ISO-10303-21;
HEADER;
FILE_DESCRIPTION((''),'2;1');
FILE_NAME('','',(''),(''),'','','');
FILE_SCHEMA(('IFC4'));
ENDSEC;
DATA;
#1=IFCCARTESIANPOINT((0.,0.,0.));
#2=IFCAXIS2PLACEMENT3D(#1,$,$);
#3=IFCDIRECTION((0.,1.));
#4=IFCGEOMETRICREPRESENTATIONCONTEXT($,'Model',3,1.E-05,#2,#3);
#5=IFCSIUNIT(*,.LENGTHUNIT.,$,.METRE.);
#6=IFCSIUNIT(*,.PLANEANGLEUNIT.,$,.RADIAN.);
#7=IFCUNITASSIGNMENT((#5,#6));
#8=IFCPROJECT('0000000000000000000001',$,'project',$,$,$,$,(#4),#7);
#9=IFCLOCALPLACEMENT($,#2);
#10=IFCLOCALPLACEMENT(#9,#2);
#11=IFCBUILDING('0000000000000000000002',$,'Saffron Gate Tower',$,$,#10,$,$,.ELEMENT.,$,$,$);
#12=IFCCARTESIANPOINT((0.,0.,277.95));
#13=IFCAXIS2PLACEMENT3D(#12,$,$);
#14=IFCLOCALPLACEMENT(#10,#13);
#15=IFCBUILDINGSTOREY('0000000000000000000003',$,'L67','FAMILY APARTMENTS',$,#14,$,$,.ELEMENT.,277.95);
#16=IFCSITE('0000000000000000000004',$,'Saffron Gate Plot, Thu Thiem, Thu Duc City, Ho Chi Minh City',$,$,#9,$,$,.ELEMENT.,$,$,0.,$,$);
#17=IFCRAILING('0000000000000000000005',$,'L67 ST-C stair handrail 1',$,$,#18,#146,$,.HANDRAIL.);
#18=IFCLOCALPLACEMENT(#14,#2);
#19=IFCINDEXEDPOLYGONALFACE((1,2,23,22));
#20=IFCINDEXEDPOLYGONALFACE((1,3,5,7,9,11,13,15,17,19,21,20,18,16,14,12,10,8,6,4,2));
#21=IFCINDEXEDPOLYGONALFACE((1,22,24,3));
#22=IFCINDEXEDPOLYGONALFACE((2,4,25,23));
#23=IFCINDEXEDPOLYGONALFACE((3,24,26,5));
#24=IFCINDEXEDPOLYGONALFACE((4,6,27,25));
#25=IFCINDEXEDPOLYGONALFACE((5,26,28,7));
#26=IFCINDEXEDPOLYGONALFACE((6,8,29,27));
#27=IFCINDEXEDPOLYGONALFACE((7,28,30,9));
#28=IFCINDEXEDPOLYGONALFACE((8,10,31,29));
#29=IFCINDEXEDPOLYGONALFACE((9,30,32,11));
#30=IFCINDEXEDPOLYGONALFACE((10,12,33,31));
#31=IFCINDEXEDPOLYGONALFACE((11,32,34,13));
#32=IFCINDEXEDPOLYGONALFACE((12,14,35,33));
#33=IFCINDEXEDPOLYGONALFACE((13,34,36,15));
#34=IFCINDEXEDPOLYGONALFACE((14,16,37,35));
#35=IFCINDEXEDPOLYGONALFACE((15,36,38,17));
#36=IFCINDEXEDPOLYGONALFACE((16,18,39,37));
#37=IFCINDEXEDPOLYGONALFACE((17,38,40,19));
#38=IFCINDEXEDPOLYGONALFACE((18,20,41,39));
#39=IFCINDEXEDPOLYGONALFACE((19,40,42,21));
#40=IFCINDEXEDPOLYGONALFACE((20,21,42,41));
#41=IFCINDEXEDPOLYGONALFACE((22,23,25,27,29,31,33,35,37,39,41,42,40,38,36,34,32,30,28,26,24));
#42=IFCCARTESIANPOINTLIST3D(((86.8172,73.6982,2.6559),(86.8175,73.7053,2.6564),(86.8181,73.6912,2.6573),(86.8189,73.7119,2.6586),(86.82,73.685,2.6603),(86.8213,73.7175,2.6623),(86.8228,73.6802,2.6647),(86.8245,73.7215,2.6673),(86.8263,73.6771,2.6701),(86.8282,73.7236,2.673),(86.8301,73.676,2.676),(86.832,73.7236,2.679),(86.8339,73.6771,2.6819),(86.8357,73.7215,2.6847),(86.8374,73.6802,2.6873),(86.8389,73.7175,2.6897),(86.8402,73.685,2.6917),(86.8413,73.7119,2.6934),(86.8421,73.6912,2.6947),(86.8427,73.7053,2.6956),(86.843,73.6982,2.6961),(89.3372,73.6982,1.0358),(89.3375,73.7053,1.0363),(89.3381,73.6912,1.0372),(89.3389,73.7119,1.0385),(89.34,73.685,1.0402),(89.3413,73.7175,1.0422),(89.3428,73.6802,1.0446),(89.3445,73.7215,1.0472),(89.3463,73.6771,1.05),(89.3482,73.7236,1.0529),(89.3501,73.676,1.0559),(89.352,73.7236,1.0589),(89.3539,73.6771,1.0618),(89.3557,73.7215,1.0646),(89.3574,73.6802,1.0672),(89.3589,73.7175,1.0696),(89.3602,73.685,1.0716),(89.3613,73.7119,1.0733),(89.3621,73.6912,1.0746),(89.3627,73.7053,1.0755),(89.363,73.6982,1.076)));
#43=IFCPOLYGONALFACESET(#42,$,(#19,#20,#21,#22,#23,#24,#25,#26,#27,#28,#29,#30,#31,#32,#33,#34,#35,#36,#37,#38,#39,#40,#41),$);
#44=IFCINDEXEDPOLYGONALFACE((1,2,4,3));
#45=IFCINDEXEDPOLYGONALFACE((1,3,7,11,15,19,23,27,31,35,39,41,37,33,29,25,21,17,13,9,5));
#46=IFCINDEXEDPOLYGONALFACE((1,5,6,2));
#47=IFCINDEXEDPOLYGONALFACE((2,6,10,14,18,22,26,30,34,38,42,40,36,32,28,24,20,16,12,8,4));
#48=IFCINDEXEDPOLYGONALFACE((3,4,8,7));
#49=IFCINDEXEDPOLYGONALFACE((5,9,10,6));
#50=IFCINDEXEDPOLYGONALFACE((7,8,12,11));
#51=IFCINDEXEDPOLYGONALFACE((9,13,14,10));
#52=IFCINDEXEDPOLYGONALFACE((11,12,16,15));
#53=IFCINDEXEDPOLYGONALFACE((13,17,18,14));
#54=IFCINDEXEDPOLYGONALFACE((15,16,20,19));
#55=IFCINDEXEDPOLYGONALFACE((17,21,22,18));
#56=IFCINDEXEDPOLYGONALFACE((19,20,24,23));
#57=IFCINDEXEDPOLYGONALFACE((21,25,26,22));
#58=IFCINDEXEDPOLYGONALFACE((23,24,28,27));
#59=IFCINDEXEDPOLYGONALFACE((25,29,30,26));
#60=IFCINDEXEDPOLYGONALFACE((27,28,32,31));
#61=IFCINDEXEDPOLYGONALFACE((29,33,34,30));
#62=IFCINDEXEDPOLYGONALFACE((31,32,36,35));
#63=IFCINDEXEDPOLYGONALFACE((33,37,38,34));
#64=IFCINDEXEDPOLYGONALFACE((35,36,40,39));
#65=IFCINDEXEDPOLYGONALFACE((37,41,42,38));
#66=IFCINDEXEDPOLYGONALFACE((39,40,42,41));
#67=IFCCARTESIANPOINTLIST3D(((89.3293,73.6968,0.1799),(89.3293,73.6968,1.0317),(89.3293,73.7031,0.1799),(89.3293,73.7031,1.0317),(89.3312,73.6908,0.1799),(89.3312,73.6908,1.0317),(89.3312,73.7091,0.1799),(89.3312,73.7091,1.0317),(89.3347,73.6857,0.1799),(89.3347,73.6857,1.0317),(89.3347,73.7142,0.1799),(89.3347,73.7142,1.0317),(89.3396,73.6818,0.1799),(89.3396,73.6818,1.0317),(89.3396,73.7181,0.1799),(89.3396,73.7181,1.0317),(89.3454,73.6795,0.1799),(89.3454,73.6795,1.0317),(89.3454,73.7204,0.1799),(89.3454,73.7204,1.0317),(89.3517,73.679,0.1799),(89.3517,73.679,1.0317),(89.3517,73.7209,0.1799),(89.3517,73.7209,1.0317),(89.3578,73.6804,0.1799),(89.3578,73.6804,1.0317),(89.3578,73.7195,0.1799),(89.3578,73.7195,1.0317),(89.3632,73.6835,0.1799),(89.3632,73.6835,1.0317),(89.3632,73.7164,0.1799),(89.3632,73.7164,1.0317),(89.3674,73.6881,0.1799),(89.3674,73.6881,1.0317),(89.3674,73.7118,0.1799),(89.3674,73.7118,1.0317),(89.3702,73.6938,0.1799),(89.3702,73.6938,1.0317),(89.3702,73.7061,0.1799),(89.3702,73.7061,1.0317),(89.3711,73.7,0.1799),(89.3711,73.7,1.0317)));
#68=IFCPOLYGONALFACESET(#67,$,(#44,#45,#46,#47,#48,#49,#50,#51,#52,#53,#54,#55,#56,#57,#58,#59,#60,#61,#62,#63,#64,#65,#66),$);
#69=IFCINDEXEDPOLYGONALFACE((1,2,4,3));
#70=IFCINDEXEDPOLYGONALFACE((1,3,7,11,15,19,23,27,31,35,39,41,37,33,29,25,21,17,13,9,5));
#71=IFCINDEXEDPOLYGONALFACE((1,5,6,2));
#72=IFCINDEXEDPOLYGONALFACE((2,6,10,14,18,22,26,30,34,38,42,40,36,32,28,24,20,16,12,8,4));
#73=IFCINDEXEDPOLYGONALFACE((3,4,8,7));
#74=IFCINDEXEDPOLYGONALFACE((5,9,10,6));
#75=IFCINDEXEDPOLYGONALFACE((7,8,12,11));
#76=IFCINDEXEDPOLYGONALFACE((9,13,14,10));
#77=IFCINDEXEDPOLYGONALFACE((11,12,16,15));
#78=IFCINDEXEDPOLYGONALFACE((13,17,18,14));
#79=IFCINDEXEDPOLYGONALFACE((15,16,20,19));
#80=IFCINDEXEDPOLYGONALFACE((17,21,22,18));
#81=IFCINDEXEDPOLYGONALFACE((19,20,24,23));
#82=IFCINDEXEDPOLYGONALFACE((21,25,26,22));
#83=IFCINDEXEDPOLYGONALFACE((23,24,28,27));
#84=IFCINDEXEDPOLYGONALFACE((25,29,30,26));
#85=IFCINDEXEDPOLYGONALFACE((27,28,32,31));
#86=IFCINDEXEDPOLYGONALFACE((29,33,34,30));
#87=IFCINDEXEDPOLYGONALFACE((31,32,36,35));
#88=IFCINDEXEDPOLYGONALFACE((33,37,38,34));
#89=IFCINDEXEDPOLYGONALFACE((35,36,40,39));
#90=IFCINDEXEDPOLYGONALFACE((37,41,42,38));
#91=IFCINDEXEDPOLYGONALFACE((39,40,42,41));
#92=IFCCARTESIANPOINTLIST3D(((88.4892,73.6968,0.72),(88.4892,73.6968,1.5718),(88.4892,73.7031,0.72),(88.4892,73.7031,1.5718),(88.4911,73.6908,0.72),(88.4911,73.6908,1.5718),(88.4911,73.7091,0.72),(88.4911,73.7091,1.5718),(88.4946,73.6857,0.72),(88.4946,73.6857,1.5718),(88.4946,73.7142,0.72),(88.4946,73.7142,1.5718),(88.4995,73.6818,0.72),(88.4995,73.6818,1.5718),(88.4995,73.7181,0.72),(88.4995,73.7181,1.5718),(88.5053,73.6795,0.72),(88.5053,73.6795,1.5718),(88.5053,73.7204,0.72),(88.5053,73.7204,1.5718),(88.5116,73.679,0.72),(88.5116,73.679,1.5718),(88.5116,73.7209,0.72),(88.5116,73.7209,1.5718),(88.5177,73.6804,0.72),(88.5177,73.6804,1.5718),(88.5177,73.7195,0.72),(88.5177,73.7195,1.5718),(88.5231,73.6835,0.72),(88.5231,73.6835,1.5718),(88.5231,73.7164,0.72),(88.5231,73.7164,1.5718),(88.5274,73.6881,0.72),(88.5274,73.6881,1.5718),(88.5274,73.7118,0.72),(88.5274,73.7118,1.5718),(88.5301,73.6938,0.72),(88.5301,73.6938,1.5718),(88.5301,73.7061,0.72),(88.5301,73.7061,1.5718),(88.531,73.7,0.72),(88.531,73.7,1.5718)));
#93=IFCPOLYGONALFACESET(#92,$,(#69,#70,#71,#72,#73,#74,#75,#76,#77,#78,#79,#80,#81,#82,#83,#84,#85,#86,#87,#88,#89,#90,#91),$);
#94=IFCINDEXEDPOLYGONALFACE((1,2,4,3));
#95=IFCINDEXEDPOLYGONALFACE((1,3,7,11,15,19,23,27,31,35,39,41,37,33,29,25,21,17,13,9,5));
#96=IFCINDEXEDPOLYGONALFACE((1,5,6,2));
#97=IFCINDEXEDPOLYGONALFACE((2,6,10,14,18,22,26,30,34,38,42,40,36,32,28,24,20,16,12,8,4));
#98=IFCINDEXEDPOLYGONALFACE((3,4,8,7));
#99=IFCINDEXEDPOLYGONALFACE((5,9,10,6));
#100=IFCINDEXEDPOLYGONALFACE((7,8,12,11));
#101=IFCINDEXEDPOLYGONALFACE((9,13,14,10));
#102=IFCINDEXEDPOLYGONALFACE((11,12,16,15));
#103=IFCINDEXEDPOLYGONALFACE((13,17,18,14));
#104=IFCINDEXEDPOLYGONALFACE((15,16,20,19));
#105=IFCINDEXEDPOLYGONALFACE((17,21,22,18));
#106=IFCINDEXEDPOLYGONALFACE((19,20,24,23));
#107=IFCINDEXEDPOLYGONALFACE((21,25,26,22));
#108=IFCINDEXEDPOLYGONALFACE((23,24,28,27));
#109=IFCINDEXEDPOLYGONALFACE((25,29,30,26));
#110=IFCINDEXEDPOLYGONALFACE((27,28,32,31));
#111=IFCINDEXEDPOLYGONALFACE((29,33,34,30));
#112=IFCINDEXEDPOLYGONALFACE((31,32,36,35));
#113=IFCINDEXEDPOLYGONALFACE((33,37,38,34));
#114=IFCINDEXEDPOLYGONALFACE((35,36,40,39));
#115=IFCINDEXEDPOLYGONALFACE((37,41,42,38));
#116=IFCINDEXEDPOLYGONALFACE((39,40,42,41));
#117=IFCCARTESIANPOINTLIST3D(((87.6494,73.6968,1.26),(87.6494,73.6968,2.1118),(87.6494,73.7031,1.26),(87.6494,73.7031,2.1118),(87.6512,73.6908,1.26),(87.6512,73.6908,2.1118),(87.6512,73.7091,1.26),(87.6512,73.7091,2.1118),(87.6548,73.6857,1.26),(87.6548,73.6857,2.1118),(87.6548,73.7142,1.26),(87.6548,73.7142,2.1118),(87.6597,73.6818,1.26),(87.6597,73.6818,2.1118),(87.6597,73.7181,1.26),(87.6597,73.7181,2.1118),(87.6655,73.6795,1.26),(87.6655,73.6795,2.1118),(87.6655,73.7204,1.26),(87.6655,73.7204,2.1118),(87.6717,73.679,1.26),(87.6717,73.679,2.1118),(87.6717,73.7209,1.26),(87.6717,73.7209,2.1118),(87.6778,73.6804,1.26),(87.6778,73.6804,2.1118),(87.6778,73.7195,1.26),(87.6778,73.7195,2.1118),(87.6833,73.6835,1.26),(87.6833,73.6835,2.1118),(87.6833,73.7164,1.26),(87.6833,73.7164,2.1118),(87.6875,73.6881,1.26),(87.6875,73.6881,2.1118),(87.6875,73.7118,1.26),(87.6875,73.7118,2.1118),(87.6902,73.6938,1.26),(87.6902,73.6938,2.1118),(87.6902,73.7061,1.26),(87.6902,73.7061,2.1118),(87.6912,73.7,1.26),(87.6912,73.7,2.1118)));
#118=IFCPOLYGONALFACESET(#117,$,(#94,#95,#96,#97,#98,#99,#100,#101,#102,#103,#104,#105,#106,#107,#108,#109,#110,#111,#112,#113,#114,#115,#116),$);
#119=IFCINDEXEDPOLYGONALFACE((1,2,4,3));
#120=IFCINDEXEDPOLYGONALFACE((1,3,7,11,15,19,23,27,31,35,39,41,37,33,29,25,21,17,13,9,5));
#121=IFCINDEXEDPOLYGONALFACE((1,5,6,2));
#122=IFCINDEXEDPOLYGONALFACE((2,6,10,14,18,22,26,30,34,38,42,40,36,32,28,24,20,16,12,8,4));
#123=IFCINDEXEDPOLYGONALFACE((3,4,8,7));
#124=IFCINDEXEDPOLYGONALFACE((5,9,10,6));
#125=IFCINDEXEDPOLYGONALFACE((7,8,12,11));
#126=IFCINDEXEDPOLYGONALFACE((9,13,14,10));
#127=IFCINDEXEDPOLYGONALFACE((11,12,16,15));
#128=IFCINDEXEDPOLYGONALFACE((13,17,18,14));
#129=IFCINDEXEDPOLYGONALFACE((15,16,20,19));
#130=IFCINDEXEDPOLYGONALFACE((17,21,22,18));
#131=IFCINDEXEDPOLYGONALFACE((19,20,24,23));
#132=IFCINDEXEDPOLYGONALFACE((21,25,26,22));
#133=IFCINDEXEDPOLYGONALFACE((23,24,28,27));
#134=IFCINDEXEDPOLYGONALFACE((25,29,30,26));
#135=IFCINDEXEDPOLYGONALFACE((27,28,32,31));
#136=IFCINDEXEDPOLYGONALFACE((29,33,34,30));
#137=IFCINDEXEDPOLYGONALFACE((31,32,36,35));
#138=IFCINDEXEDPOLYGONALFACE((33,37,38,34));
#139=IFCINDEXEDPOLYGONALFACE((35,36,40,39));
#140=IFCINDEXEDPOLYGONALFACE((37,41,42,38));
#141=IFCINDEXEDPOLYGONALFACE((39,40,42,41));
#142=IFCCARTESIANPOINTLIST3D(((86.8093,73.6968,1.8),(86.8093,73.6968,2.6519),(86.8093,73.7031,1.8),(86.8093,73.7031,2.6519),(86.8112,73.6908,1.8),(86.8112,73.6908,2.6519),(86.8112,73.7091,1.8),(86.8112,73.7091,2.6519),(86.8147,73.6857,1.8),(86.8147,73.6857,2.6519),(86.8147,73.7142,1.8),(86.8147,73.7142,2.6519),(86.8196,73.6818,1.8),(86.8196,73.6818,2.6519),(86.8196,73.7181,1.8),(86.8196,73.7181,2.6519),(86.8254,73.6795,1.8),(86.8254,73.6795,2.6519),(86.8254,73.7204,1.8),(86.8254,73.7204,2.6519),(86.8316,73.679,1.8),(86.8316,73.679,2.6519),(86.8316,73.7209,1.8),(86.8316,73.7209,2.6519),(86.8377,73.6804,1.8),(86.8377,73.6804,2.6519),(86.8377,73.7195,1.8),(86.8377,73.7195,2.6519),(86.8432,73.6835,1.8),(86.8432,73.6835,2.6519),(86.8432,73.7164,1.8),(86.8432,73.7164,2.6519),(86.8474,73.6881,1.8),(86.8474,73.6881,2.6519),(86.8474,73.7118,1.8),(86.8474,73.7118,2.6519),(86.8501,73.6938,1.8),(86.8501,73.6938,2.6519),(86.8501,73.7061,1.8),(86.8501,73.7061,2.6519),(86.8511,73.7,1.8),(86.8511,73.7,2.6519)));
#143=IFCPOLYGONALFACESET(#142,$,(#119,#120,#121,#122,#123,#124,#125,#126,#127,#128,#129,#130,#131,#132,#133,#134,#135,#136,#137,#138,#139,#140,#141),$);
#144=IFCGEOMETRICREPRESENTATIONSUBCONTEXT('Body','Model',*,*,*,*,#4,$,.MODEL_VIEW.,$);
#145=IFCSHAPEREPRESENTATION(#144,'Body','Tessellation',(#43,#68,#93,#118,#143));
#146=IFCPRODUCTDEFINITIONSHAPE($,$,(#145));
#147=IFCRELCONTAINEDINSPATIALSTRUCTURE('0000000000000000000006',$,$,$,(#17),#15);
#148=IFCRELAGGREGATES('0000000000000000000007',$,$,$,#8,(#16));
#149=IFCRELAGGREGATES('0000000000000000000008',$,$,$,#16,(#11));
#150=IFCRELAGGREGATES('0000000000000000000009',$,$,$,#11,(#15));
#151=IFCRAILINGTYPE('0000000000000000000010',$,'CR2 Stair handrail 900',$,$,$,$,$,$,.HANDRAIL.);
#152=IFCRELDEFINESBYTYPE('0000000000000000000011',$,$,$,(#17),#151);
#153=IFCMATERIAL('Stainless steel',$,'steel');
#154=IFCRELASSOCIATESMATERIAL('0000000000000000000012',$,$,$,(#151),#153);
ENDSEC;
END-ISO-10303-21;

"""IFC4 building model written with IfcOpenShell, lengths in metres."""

from ifc_helpers import new_model, si_unit, direction, frame, origin, origin_2d, place, context, subcontext, project, spatial, circle, extrude, material, type_object, element, save


model = new_model("IFC4")

# Units and contexts
model_context = context("Model", 3, precision=1e-05, world=origin(), true_north=direction((0.0, 1.0)))
body_context = subcontext(model_context, "Body", "Model", "MODEL_VIEW")
ifc_project = project(units=[si_unit("LENGTHUNIT", "METRE"), si_unit("PLANEANGLEUNIT", "RADIAN")], contexts=[model_context])

# Site, building, storey
site_placement = place(None, origin())
site = spatial("IfcSite", under=ifc_project, at=site_placement, Name="Saffron Gate Plot, Thu Thiem, Thu Duc City, Ho Chi Minh City", CompositionType="ELEMENT", RefElevation=0.0)
building_placement = place(site_placement, origin())
building = spatial("IfcBuilding", under=site, at=building_placement, Name="Saffron Gate Tower", CompositionType="ELEMENT")
storey_placement = place(building_placement, frame((0.0, 0.0, 277.95)))
storey = spatial("IfcBuildingStorey", under=building, at=storey_placement, Name="L67", Description="FAMILY APARTMENTS", CompositionType="ELEMENT", Elevation=277.95)

# Railing
ifc_material_1 = material(Name="Stainless steel", Category="steel")
railing_type_1 = type_object("IfcRailingType", Name="CR2 Stair handrail 900", PredefinedType="HANDRAIL", material=ifc_material_1)
for number, where, name in (
    (1, (89.3501, 73.7, 0.1799), "L67 ST-C stair handrail 1"),
):
    element("IfcRailing", number, at=place(storey_placement, frame(where)), inside=storey, type_object=railing_type_1, Name=name, PredefinedType="HANDRAIL", context=body_context, shape_type="SweptSolid", body=[
        extrude(circle(Radius=0.0239, at=origin_2d()), frame((0.0, 0.0, 0.876), z_axis=(-0.841163, 0.0, 0.540782), x_axis=(0.0, -1.0, 0.0)), (0.0, 0.0, 1.0), 2.9958),
        extrude(circle(Radius=0.021, at=origin_2d()), origin(), (0.0, 0.0, 1.0), 0.8518),
        extrude(circle(Radius=0.021, at=origin_2d()), frame((-0.8401, 0.0, 0.54)), (0.0, 0.0, 1.0), 0.8518),
        extrude(circle(Radius=0.021, at=origin_2d()), frame((-1.6799, 0.0, 1.0801)), (0.0, 0.0, 1.0), 0.8518),
        extrude(circle(Radius=0.021, at=origin_2d()), frame((-2.52, 0.0, 1.6201)), (0.0, 0.0, 1.0), 0.8518),
    ])

save(model, "model.ifc")
